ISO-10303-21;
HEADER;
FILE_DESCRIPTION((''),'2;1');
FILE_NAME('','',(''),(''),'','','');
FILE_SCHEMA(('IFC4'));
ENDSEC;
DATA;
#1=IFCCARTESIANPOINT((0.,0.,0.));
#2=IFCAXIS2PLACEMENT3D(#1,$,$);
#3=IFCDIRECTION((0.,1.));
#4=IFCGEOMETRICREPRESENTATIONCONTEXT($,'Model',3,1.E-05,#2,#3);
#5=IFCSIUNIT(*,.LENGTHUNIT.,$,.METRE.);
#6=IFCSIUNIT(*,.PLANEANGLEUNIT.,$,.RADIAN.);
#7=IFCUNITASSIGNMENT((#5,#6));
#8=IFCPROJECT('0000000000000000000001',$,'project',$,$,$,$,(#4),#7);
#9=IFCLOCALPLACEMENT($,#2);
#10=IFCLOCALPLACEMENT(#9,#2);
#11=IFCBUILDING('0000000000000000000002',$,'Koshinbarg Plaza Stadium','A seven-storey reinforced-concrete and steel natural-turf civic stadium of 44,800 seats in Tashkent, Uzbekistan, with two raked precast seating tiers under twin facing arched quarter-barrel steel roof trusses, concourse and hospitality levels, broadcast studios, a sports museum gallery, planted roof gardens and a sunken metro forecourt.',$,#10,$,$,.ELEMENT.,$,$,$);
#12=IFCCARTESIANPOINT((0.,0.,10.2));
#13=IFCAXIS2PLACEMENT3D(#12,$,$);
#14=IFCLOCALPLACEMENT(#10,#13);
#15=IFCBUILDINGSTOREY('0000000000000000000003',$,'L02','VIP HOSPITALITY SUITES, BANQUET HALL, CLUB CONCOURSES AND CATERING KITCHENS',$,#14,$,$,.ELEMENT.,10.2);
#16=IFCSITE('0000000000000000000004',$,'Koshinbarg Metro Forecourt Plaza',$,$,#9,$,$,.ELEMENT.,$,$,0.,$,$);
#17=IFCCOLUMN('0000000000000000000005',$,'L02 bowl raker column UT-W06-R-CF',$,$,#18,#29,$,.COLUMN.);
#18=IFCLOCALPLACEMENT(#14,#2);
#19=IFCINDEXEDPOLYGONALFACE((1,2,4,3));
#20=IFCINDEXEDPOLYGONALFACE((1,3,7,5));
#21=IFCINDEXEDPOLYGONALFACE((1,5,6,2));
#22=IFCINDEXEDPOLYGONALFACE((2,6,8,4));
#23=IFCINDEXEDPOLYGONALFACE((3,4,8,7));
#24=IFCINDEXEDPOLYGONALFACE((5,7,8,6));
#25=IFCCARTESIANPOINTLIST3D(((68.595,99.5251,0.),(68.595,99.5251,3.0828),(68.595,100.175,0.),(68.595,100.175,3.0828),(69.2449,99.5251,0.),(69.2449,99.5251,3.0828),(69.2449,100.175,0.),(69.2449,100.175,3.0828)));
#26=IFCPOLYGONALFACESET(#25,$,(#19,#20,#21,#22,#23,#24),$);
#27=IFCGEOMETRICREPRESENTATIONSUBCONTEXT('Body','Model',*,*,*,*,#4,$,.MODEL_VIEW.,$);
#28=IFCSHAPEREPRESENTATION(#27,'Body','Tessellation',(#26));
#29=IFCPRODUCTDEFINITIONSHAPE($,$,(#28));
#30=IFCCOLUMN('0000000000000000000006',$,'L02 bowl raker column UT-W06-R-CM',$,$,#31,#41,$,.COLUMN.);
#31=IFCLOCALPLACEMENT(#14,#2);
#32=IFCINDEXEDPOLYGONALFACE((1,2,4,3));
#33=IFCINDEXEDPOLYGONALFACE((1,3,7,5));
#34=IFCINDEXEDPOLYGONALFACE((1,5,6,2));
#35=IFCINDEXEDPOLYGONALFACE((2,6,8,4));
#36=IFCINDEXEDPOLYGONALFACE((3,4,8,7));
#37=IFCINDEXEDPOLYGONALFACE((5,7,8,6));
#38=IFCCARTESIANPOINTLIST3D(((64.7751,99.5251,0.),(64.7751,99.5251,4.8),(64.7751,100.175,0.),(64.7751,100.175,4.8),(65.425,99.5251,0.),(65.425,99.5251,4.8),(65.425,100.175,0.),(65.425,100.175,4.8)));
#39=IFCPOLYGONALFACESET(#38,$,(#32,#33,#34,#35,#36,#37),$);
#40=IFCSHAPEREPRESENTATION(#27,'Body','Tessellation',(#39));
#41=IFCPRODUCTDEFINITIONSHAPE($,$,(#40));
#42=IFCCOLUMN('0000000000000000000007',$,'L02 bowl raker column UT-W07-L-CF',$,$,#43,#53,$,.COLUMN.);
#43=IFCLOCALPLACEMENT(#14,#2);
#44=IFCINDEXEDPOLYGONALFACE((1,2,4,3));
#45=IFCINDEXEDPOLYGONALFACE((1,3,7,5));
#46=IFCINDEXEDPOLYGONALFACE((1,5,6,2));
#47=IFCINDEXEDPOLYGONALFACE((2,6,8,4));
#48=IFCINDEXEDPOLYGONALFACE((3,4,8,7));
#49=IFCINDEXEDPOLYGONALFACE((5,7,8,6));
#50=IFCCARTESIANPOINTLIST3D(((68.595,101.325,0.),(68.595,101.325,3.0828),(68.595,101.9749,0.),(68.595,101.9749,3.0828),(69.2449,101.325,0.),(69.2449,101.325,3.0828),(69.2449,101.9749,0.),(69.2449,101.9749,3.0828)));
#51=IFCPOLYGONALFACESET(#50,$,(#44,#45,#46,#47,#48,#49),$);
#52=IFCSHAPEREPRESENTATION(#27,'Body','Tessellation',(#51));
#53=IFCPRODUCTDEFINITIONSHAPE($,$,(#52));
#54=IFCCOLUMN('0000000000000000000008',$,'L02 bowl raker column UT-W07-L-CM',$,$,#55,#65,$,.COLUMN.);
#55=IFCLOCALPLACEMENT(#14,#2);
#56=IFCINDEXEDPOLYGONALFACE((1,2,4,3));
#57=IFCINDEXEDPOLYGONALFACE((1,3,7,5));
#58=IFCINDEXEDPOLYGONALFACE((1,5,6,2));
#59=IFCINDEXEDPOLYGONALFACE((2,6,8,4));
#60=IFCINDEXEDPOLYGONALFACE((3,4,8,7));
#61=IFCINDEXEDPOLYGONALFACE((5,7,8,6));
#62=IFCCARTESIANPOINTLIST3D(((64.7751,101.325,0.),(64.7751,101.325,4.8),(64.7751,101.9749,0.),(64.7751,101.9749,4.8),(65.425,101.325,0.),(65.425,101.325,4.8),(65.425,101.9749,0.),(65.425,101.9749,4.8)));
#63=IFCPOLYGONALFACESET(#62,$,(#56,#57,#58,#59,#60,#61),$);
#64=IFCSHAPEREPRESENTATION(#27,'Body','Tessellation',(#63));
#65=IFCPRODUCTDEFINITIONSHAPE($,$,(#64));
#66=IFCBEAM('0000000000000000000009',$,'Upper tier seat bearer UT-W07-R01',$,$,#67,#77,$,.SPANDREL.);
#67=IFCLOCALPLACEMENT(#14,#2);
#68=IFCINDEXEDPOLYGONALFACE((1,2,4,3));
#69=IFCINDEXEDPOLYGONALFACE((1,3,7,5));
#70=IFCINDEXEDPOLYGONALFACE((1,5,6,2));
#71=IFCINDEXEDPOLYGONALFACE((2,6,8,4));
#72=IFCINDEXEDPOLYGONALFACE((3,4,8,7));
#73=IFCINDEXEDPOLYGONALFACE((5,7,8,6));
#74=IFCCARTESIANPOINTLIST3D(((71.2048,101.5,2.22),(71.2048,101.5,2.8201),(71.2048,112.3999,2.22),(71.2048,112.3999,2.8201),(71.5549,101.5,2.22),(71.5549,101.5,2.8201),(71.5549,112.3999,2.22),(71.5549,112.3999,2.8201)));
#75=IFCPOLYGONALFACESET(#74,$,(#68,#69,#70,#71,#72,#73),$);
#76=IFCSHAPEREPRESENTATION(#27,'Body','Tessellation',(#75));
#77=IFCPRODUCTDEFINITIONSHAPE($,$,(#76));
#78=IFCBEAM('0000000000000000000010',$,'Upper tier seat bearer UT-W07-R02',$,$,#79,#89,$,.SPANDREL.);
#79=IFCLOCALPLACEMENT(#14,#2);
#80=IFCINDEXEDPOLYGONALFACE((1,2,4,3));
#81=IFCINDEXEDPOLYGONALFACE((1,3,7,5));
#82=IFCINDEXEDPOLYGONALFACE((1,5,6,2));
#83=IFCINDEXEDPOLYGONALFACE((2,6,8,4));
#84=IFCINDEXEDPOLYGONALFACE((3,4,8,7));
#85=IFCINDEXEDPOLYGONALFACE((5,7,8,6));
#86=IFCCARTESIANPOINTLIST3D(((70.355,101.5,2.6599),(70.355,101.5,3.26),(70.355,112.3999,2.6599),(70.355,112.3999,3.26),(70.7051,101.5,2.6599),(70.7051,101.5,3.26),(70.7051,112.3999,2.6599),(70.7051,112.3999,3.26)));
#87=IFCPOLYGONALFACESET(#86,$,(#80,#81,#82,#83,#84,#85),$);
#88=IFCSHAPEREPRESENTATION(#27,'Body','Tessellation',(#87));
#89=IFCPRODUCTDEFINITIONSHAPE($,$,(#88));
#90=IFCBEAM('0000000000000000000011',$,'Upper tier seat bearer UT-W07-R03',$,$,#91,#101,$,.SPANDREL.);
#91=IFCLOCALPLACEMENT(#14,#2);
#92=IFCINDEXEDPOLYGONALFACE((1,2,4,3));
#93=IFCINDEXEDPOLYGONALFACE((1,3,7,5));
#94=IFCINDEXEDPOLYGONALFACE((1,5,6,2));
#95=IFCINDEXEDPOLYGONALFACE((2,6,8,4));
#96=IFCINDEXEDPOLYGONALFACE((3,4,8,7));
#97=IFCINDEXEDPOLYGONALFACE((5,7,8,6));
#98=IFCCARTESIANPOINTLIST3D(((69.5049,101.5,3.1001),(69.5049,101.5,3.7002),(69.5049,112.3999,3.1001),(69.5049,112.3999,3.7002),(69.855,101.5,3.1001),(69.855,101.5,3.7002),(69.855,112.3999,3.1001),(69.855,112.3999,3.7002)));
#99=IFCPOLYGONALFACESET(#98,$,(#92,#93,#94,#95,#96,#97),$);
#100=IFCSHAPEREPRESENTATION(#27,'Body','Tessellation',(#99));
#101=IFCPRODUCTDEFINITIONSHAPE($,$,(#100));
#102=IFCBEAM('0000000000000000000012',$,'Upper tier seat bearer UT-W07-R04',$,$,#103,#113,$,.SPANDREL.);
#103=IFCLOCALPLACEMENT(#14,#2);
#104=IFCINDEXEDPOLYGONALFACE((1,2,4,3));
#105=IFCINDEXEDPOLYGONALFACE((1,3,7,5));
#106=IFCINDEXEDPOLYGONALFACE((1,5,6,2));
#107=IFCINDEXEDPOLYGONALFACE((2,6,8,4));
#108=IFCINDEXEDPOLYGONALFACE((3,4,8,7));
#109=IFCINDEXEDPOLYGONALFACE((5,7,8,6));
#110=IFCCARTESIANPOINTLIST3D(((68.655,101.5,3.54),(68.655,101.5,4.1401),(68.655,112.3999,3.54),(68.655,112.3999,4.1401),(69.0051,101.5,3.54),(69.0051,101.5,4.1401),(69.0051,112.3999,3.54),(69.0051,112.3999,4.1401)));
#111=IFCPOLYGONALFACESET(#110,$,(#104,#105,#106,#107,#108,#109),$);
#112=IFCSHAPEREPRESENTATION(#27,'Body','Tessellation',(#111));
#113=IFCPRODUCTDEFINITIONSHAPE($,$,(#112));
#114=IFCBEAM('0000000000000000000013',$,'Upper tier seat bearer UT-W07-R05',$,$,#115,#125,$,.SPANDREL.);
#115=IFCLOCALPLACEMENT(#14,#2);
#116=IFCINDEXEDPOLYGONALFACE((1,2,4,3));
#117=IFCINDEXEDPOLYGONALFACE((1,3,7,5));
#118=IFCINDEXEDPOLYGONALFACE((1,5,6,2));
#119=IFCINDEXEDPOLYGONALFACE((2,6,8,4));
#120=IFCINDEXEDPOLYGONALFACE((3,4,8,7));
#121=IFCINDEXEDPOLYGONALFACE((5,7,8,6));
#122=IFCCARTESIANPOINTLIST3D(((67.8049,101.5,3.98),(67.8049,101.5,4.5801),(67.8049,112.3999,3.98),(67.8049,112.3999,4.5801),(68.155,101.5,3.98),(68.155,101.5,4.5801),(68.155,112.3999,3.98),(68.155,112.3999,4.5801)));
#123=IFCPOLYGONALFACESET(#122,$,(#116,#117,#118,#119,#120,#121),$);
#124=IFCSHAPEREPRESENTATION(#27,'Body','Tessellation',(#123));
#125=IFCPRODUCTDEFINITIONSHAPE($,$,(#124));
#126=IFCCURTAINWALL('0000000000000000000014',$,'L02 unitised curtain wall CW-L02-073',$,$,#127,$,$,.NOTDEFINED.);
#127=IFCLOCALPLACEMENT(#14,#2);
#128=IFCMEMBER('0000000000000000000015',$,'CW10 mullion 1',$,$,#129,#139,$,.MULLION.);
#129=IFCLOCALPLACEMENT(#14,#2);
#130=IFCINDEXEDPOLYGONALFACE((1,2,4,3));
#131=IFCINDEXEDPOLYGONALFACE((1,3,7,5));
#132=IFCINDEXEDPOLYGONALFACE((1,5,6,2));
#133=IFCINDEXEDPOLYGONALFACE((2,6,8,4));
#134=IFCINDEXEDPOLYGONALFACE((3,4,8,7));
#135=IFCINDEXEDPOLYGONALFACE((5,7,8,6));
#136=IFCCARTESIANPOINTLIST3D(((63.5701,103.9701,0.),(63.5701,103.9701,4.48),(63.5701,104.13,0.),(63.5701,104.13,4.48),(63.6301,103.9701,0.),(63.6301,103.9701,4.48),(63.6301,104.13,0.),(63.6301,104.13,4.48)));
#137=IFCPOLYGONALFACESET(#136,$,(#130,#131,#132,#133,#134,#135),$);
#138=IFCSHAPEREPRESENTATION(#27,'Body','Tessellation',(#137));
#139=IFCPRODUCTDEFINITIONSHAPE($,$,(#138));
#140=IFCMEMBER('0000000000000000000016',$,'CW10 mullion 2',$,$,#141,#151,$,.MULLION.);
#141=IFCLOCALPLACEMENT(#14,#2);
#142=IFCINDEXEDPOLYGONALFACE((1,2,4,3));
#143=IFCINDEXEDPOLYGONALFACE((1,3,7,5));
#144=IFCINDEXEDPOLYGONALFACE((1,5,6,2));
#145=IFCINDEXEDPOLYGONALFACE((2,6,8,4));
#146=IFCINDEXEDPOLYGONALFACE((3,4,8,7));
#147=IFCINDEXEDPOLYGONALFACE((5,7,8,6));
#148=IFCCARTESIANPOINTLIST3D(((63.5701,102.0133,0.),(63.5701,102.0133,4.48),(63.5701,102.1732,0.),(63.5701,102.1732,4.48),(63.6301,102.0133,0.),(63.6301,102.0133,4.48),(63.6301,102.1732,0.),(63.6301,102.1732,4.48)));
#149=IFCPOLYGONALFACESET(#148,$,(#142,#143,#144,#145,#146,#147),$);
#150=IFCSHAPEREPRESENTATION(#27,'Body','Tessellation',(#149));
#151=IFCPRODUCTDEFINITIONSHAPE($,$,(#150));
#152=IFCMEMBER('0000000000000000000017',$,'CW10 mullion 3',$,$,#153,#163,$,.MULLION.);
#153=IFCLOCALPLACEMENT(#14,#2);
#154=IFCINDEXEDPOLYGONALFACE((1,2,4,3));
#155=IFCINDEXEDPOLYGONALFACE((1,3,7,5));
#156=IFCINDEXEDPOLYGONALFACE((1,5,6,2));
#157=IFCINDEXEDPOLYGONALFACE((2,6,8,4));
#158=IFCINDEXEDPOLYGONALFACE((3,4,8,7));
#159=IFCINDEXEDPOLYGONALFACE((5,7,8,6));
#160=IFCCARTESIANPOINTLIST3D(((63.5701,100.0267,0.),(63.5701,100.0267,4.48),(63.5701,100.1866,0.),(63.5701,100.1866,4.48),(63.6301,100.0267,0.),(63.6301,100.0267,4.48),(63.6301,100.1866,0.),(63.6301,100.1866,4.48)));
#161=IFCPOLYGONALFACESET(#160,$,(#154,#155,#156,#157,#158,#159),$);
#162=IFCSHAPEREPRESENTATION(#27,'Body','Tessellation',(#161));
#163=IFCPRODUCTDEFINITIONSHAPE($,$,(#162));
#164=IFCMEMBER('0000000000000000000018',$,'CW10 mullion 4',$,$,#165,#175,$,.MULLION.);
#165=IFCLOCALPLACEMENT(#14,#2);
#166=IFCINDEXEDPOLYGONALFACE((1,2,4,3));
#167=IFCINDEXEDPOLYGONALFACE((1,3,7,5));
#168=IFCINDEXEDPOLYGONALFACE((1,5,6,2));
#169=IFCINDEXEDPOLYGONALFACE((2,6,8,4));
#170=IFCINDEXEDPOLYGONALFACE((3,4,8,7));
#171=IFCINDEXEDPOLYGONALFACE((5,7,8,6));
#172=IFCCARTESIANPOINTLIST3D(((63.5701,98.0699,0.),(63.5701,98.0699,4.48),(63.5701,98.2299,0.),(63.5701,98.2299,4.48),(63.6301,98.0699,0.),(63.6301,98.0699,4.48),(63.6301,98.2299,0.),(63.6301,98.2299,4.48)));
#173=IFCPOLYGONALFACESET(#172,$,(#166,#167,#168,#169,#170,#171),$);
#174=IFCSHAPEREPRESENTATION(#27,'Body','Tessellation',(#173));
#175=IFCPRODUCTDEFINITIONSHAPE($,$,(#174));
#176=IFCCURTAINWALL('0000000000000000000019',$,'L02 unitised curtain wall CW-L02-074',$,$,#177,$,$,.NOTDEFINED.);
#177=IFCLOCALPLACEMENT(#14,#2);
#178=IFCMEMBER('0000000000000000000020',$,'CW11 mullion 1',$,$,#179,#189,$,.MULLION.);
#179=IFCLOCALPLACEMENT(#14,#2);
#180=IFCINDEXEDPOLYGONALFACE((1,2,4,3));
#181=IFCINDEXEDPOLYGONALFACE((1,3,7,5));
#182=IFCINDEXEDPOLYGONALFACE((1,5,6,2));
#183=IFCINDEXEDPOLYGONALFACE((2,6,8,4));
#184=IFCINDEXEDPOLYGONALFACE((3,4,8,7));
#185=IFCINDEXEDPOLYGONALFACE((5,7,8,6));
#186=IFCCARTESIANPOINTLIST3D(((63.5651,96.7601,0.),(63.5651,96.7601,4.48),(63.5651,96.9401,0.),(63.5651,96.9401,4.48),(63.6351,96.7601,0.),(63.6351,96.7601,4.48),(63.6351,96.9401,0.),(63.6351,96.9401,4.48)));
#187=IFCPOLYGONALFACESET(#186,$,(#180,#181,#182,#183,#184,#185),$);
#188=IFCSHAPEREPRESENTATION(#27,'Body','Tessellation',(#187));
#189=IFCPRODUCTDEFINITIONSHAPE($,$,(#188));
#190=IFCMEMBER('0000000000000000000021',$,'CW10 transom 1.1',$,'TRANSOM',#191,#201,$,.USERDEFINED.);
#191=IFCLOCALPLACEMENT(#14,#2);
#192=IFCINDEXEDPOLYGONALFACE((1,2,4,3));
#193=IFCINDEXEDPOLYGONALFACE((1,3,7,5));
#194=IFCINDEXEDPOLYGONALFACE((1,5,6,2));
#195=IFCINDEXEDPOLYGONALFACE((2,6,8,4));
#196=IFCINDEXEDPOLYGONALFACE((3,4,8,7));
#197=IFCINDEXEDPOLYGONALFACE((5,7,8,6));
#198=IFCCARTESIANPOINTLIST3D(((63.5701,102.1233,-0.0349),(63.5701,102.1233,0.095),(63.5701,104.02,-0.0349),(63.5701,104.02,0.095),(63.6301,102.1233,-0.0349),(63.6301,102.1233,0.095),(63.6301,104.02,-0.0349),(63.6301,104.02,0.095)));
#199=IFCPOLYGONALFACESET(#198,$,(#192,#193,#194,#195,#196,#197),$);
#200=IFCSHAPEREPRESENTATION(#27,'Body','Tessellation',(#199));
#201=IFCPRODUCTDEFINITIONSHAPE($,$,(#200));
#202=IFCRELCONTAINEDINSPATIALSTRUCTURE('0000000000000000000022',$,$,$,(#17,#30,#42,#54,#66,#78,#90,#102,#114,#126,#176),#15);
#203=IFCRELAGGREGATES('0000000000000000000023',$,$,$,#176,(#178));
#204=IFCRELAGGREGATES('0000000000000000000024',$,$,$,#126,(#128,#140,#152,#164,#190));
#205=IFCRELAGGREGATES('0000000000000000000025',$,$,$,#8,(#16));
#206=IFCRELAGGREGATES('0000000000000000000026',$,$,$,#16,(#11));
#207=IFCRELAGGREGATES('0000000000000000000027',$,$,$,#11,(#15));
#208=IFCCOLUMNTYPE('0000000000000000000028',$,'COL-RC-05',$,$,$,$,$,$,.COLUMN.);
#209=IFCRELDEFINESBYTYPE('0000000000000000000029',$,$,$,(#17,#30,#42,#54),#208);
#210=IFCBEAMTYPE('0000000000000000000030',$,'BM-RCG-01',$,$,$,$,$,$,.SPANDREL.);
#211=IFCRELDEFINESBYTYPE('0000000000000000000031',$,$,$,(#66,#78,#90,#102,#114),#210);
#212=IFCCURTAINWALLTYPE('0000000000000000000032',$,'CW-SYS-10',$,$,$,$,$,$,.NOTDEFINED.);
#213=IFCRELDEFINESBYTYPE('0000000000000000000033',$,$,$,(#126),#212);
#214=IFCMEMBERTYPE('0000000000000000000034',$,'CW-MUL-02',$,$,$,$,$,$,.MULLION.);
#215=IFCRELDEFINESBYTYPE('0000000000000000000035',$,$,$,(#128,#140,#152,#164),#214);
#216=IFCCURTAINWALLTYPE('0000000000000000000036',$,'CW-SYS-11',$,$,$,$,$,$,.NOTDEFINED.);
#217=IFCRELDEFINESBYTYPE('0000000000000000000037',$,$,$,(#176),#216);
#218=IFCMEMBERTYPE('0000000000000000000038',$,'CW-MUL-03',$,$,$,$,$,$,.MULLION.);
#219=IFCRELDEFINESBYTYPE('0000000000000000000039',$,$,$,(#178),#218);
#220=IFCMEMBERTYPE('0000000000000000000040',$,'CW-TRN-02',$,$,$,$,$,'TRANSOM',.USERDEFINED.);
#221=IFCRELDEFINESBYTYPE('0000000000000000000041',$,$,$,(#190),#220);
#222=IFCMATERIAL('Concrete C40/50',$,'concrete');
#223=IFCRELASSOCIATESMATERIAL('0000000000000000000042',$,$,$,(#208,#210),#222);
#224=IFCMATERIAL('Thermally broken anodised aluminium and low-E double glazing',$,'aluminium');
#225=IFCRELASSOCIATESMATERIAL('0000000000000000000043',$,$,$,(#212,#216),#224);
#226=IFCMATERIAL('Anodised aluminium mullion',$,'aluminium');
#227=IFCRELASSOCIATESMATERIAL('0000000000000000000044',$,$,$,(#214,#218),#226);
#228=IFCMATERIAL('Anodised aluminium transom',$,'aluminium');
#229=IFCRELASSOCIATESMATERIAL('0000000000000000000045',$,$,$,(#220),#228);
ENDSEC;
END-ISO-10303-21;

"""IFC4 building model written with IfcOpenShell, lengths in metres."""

from ifc_helpers import new_model, si_unit, direction, frame, origin, origin_2d, place, context, subcontext, project, spatial, rectangle, extrude, material, material_profile, profile_set, type_object, element, aggregate, save


model = new_model("IFC4")

# Units and contexts
model_context = context("Model", 3, precision=1e-05, world=origin(), true_north=direction((0.0, 1.0)))
body_context = subcontext(model_context, "Body", "Model", "MODEL_VIEW")
ifc_project = project(units=[si_unit("LENGTHUNIT", "METRE"), si_unit("PLANEANGLEUNIT", "RADIAN")], contexts=[model_context])

# Site, building, storey
site_placement = place(None, origin())
site = spatial("IfcSite", under=ifc_project, at=site_placement, Name="Koshinbarg Metro Forecourt Plaza", CompositionType="ELEMENT", RefElevation=0.0)
building_placement = place(site_placement, origin())
building = spatial("IfcBuilding", under=site, at=building_placement, Name="Koshinbarg Plaza Stadium", Description="A seven-storey reinforced-concrete and steel natural-turf civic stadium of 44,800 seats in Tashkent, Uzbekistan, with two raked precast seating tiers under twin facing arched quarter-barrel steel roof trusses, concourse and hospitality levels, broadcast studios, a sports museum gallery, planted roof gardens and a sunken metro forecourt.", CompositionType="ELEMENT")
storey_placement = place(building_placement, frame((0.0, 0.0, 10.2)))
storey = spatial("IfcBuildingStorey", under=building, at=storey_placement, Name="L02", Description="VIP HOSPITALITY SUITES, BANQUET HALL, CLUB CONCOURSES AND CATERING KITCHENS", CompositionType="ELEMENT", Elevation=10.2)

# Columns
ifc_material_1 = material(Name="Concrete C40/50", Category="concrete")
ifc_material_profile_1 = material_profile(ifc_material_1, rectangle(XDim=0.6499, YDim=0.6499, at=origin_2d()), Name="RC 650x650")
ifc_profile_set_1 = profile_set([ifc_material_profile_1], Name="Concrete C40/50")
column_type = type_object("IfcColumnType", Name="COL-RC-05", PredefinedType="COLUMN", material=ifc_profile_set_1)
column_1_placement = place(storey_placement, frame((68.9199, 99.8501, 0.0), z_axis=(0.0, 0.0, 1.0), x_axis=(1.0, 0.0, 0.0)))
element("IfcColumn", 1, at=column_1_placement, inside=storey, type_object=column_type, Name="L02 bowl raker column UT-W06-R-CF", PredefinedType="COLUMN", context=body_context, shape_type="SweptSolid", body=[
    extrude(rectangle(XDim=0.6499, YDim=0.6499, at=origin_2d()), origin(), (0.0, 0.0, 1.0), 3.0828),
])
column_2_placement = place(storey_placement, frame((65.1001, 99.8501, 0.0), z_axis=(0.0, 0.0, 1.0), x_axis=(1.0, 0.0, 0.0)))
element("IfcColumn", 2, at=column_2_placement, inside=storey, type_object=column_type, Name="L02 bowl raker column UT-W06-R-CM", PredefinedType="COLUMN", context=body_context, shape_type="SweptSolid", body=[
    extrude(rectangle(XDim=0.6499, YDim=0.6499, at=origin_2d()), origin(), (0.0, 0.0, 1.0), 4.8),
])
column_3_placement = place(storey_placement, frame((68.9199, 101.6499, 0.0), z_axis=(0.0, 0.0, 1.0), x_axis=(1.0, 0.0, 0.0)))
element("IfcColumn", 3, at=column_3_placement, inside=storey, type_object=column_type, Name="L02 bowl raker column UT-W07-L-CF", PredefinedType="COLUMN", context=body_context, shape_type="SweptSolid", body=[
    extrude(rectangle(XDim=0.6499, YDim=0.6499, at=origin_2d()), origin(), (0.0, 0.0, 1.0), 3.0828),
])
column_4_placement = place(storey_placement, frame((65.1001, 101.6499, 0.0), z_axis=(0.0, 0.0, 1.0), x_axis=(1.0, 0.0, 0.0)))
element("IfcColumn", 4, at=column_4_placement, inside=storey, type_object=column_type, Name="L02 bowl raker column UT-W07-L-CM", PredefinedType="COLUMN", context=body_context, shape_type="SweptSolid", body=[
    extrude(rectangle(XDim=0.6499, YDim=0.6499, at=origin_2d()), origin(), (0.0, 0.0, 1.0), 4.8),
])

# Beams
ifc_material_profile_2 = material_profile(ifc_material_1, rectangle(XDim=0.3501, YDim=0.6001, at=origin_2d()), Name="RC 350x600")
ifc_profile_set_2 = profile_set([ifc_material_profile_2], Name="Concrete C40/50")
beam_type = type_object("IfcBeamType", Name="BM-RCG-01", PredefinedType="SPANDREL", material=ifc_profile_set_2)
for number, where, z_axis, x_axis, name in (
    (5, (71.3799, 101.5, 2.52), (0.0, 1.0, 0.0), (-1.0, 0.0, 0.0), "Upper tier seat bearer UT-W07-R01"),
    (6, (70.53, 101.5, 2.96), (0.0, 1.0, 0.0), (-1.0, 0.0, 0.0), "Upper tier seat bearer UT-W07-R02"),
    (7, (69.6799, 101.5, 3.4001), (0.0, 1.0, 0.0), (-1.0, 0.0, 0.0), "Upper tier seat bearer UT-W07-R03"),
    (8, (68.8301, 101.5, 3.8401), (0.0, 1.0, 0.0), (-1.0, 0.0, 0.0), "Upper tier seat bearer UT-W07-R04"),
    (9, (67.98, 101.5, 4.28), (0.0, 1.0, 0.0), (-1.0, 0.0, 0.0), "Upper tier seat bearer UT-W07-R05"),
):
    element("IfcBeam", number, at=place(storey_placement, frame(where, z_axis=z_axis, x_axis=x_axis)), inside=storey, type_object=beam_type, Name=name, PredefinedType="SPANDREL", context=body_context, shape_type="SweptSolid", body=[
        extrude(rectangle(XDim=0.3501, YDim=0.6001, at=origin_2d()), origin(), (0.0, 0.0, 1.0), 10.8999),
    ])

# Curtain wall, members
ifc_material_2 = material(Name="Thermally broken anodised aluminium and low-E double glazing", Category="aluminium")
curtain_wall_type_1 = type_object("IfcCurtainWallType", Name="CW-SYS-10", PredefinedType="NOTDEFINED", material=ifc_material_2)
curtain_wall_1_placement = place(storey_placement, origin())
curtain_wall_1 = element("IfcCurtainWall", 10, at=curtain_wall_1_placement, inside=storey, type_object=curtain_wall_type_1, Name="L02 unitised curtain wall CW-L02-073", PredefinedType="NOTDEFINED")
ifc_material_3 = material(Name="Anodised aluminium mullion", Category="aluminium")
ifc_material_profile_3 = material_profile(ifc_material_3, rectangle(XDim=0.0601, YDim=0.1599, at=origin_2d()), Name="ALU 60x160")
ifc_profile_set_3 = profile_set([ifc_material_profile_3], Name="Anodised aluminium mullion")
member_type_1 = type_object("IfcMemberType", Name="CW-MUL-02", PredefinedType="MULLION", material=ifc_profile_set_3)
member_1_placement = place(storey_placement, frame((63.6001, 104.05, 0.0), z_axis=(0.0, 0.0, 1.0), x_axis=(1.0, 0.0, 0.0)))
member_1 = element("IfcMember", 11, at=member_1_placement, type_object=member_type_1, Name="CW10 mullion 1", PredefinedType="MULLION", context=body_context, shape_type="SweptSolid", body=[
    extrude(rectangle(XDim=0.0601, YDim=0.1599, at=origin_2d()), origin(), (0.0, 0.0, 1.0), 4.48),
])
member_2_placement = place(storey_placement, frame((63.6001, 102.0933, 0.0), z_axis=(0.0, 0.0, 1.0), x_axis=(1.0, 0.0, 0.0)))
member_2 = element("IfcMember", 12, at=member_2_placement, type_object=member_type_1, Name="CW10 mullion 2", PredefinedType="MULLION", context=body_context, shape_type="SweptSolid", body=[
    extrude(rectangle(XDim=0.0601, YDim=0.1599, at=origin_2d()), origin(), (0.0, 0.0, 1.0), 4.48),
])
member_3_placement = place(storey_placement, frame((63.6001, 100.1067, 0.0), z_axis=(0.0, 0.0, 1.0), x_axis=(1.0, 0.0, 0.0)))
member_3 = element("IfcMember", 13, at=member_3_placement, type_object=member_type_1, Name="CW10 mullion 3", PredefinedType="MULLION", context=body_context, shape_type="SweptSolid", body=[
    extrude(rectangle(XDim=0.0601, YDim=0.1599, at=origin_2d()), origin(), (0.0, 0.0, 1.0), 4.48),
])
member_4_placement = place(storey_placement, frame((63.6001, 98.1499, 0.0), z_axis=(0.0, 0.0, 1.0), x_axis=(1.0, 0.0, 0.0)))
member_4 = element("IfcMember", 14, at=member_4_placement, type_object=member_type_1, Name="CW10 mullion 4", PredefinedType="MULLION", context=body_context, shape_type="SweptSolid", body=[
    extrude(rectangle(XDim=0.0601, YDim=0.1599, at=origin_2d()), origin(), (0.0, 0.0, 1.0), 4.48),
])

# Curtain wall, member
curtain_wall_type_2 = type_object("IfcCurtainWallType", Name="CW-SYS-11", PredefinedType="NOTDEFINED", material=ifc_material_2)
curtain_wall_2_placement = place(storey_placement, origin())
curtain_wall_2 = element("IfcCurtainWall", 15, at=curtain_wall_2_placement, inside=storey, type_object=curtain_wall_type_2, Name="L02 unitised curtain wall CW-L02-074", PredefinedType="NOTDEFINED")
ifc_material_profile_4 = material_profile(ifc_material_3, rectangle(XDim=0.0701, YDim=0.1799, at=origin_2d()), Name="ALU 70x180")
ifc_profile_set_4 = profile_set([ifc_material_profile_4], Name="Anodised aluminium mullion")
member_type_2 = type_object("IfcMemberType", Name="CW-MUL-03", PredefinedType="MULLION", material=ifc_profile_set_4)
member_5_placement = place(storey_placement, frame((63.6001, 96.8501, 0.0), z_axis=(0.0, 0.0, 1.0), x_axis=(1.0, 0.0, 0.0)))
member_5 = element("IfcMember", 16, at=member_5_placement, type_object=member_type_2, Name="CW11 mullion 1", PredefinedType="MULLION", context=body_context, shape_type="SweptSolid", body=[
    extrude(rectangle(XDim=0.0701, YDim=0.1799, at=origin_2d()), origin(), (0.0, 0.0, 1.0), 4.48),
])
aggregate(curtain_wall_2, [member_5])

# Member
ifc_material_4 = material(Name="Anodised aluminium transom", Category="aluminium")
ifc_material_profile_5 = material_profile(ifc_material_4, rectangle(XDim=0.0601, YDim=0.1299, at=origin_2d()), Name="ALU 60x130")
ifc_profile_set_5 = profile_set([ifc_material_profile_5], Name="Anodised aluminium transom")
member_type_3 = type_object("IfcMemberType", Name="CW-TRN-02", ElementType="TRANSOM", PredefinedType="USERDEFINED", material=ifc_profile_set_5)
member_6_placement = place(storey_placement, frame((63.6001, 104.02, 0.03), z_axis=(0.0, -1.0, 0.0), x_axis=(1.0, 0.0, 0.0)))
member_6 = element("IfcMember", 17, at=member_6_placement, type_object=member_type_3, Name="CW10 transom 1.1", ObjectType="TRANSOM", PredefinedType="USERDEFINED", context=body_context, shape_type="SweptSolid", body=[
    extrude(rectangle(XDim=0.0601, YDim=0.1299, at=origin_2d()), origin(), (0.0, 0.0, 1.0), 1.8967),
])

aggregate(curtain_wall_1, [member_1, member_2, member_3, member_4, member_6])

save(model, "model.ifc")
